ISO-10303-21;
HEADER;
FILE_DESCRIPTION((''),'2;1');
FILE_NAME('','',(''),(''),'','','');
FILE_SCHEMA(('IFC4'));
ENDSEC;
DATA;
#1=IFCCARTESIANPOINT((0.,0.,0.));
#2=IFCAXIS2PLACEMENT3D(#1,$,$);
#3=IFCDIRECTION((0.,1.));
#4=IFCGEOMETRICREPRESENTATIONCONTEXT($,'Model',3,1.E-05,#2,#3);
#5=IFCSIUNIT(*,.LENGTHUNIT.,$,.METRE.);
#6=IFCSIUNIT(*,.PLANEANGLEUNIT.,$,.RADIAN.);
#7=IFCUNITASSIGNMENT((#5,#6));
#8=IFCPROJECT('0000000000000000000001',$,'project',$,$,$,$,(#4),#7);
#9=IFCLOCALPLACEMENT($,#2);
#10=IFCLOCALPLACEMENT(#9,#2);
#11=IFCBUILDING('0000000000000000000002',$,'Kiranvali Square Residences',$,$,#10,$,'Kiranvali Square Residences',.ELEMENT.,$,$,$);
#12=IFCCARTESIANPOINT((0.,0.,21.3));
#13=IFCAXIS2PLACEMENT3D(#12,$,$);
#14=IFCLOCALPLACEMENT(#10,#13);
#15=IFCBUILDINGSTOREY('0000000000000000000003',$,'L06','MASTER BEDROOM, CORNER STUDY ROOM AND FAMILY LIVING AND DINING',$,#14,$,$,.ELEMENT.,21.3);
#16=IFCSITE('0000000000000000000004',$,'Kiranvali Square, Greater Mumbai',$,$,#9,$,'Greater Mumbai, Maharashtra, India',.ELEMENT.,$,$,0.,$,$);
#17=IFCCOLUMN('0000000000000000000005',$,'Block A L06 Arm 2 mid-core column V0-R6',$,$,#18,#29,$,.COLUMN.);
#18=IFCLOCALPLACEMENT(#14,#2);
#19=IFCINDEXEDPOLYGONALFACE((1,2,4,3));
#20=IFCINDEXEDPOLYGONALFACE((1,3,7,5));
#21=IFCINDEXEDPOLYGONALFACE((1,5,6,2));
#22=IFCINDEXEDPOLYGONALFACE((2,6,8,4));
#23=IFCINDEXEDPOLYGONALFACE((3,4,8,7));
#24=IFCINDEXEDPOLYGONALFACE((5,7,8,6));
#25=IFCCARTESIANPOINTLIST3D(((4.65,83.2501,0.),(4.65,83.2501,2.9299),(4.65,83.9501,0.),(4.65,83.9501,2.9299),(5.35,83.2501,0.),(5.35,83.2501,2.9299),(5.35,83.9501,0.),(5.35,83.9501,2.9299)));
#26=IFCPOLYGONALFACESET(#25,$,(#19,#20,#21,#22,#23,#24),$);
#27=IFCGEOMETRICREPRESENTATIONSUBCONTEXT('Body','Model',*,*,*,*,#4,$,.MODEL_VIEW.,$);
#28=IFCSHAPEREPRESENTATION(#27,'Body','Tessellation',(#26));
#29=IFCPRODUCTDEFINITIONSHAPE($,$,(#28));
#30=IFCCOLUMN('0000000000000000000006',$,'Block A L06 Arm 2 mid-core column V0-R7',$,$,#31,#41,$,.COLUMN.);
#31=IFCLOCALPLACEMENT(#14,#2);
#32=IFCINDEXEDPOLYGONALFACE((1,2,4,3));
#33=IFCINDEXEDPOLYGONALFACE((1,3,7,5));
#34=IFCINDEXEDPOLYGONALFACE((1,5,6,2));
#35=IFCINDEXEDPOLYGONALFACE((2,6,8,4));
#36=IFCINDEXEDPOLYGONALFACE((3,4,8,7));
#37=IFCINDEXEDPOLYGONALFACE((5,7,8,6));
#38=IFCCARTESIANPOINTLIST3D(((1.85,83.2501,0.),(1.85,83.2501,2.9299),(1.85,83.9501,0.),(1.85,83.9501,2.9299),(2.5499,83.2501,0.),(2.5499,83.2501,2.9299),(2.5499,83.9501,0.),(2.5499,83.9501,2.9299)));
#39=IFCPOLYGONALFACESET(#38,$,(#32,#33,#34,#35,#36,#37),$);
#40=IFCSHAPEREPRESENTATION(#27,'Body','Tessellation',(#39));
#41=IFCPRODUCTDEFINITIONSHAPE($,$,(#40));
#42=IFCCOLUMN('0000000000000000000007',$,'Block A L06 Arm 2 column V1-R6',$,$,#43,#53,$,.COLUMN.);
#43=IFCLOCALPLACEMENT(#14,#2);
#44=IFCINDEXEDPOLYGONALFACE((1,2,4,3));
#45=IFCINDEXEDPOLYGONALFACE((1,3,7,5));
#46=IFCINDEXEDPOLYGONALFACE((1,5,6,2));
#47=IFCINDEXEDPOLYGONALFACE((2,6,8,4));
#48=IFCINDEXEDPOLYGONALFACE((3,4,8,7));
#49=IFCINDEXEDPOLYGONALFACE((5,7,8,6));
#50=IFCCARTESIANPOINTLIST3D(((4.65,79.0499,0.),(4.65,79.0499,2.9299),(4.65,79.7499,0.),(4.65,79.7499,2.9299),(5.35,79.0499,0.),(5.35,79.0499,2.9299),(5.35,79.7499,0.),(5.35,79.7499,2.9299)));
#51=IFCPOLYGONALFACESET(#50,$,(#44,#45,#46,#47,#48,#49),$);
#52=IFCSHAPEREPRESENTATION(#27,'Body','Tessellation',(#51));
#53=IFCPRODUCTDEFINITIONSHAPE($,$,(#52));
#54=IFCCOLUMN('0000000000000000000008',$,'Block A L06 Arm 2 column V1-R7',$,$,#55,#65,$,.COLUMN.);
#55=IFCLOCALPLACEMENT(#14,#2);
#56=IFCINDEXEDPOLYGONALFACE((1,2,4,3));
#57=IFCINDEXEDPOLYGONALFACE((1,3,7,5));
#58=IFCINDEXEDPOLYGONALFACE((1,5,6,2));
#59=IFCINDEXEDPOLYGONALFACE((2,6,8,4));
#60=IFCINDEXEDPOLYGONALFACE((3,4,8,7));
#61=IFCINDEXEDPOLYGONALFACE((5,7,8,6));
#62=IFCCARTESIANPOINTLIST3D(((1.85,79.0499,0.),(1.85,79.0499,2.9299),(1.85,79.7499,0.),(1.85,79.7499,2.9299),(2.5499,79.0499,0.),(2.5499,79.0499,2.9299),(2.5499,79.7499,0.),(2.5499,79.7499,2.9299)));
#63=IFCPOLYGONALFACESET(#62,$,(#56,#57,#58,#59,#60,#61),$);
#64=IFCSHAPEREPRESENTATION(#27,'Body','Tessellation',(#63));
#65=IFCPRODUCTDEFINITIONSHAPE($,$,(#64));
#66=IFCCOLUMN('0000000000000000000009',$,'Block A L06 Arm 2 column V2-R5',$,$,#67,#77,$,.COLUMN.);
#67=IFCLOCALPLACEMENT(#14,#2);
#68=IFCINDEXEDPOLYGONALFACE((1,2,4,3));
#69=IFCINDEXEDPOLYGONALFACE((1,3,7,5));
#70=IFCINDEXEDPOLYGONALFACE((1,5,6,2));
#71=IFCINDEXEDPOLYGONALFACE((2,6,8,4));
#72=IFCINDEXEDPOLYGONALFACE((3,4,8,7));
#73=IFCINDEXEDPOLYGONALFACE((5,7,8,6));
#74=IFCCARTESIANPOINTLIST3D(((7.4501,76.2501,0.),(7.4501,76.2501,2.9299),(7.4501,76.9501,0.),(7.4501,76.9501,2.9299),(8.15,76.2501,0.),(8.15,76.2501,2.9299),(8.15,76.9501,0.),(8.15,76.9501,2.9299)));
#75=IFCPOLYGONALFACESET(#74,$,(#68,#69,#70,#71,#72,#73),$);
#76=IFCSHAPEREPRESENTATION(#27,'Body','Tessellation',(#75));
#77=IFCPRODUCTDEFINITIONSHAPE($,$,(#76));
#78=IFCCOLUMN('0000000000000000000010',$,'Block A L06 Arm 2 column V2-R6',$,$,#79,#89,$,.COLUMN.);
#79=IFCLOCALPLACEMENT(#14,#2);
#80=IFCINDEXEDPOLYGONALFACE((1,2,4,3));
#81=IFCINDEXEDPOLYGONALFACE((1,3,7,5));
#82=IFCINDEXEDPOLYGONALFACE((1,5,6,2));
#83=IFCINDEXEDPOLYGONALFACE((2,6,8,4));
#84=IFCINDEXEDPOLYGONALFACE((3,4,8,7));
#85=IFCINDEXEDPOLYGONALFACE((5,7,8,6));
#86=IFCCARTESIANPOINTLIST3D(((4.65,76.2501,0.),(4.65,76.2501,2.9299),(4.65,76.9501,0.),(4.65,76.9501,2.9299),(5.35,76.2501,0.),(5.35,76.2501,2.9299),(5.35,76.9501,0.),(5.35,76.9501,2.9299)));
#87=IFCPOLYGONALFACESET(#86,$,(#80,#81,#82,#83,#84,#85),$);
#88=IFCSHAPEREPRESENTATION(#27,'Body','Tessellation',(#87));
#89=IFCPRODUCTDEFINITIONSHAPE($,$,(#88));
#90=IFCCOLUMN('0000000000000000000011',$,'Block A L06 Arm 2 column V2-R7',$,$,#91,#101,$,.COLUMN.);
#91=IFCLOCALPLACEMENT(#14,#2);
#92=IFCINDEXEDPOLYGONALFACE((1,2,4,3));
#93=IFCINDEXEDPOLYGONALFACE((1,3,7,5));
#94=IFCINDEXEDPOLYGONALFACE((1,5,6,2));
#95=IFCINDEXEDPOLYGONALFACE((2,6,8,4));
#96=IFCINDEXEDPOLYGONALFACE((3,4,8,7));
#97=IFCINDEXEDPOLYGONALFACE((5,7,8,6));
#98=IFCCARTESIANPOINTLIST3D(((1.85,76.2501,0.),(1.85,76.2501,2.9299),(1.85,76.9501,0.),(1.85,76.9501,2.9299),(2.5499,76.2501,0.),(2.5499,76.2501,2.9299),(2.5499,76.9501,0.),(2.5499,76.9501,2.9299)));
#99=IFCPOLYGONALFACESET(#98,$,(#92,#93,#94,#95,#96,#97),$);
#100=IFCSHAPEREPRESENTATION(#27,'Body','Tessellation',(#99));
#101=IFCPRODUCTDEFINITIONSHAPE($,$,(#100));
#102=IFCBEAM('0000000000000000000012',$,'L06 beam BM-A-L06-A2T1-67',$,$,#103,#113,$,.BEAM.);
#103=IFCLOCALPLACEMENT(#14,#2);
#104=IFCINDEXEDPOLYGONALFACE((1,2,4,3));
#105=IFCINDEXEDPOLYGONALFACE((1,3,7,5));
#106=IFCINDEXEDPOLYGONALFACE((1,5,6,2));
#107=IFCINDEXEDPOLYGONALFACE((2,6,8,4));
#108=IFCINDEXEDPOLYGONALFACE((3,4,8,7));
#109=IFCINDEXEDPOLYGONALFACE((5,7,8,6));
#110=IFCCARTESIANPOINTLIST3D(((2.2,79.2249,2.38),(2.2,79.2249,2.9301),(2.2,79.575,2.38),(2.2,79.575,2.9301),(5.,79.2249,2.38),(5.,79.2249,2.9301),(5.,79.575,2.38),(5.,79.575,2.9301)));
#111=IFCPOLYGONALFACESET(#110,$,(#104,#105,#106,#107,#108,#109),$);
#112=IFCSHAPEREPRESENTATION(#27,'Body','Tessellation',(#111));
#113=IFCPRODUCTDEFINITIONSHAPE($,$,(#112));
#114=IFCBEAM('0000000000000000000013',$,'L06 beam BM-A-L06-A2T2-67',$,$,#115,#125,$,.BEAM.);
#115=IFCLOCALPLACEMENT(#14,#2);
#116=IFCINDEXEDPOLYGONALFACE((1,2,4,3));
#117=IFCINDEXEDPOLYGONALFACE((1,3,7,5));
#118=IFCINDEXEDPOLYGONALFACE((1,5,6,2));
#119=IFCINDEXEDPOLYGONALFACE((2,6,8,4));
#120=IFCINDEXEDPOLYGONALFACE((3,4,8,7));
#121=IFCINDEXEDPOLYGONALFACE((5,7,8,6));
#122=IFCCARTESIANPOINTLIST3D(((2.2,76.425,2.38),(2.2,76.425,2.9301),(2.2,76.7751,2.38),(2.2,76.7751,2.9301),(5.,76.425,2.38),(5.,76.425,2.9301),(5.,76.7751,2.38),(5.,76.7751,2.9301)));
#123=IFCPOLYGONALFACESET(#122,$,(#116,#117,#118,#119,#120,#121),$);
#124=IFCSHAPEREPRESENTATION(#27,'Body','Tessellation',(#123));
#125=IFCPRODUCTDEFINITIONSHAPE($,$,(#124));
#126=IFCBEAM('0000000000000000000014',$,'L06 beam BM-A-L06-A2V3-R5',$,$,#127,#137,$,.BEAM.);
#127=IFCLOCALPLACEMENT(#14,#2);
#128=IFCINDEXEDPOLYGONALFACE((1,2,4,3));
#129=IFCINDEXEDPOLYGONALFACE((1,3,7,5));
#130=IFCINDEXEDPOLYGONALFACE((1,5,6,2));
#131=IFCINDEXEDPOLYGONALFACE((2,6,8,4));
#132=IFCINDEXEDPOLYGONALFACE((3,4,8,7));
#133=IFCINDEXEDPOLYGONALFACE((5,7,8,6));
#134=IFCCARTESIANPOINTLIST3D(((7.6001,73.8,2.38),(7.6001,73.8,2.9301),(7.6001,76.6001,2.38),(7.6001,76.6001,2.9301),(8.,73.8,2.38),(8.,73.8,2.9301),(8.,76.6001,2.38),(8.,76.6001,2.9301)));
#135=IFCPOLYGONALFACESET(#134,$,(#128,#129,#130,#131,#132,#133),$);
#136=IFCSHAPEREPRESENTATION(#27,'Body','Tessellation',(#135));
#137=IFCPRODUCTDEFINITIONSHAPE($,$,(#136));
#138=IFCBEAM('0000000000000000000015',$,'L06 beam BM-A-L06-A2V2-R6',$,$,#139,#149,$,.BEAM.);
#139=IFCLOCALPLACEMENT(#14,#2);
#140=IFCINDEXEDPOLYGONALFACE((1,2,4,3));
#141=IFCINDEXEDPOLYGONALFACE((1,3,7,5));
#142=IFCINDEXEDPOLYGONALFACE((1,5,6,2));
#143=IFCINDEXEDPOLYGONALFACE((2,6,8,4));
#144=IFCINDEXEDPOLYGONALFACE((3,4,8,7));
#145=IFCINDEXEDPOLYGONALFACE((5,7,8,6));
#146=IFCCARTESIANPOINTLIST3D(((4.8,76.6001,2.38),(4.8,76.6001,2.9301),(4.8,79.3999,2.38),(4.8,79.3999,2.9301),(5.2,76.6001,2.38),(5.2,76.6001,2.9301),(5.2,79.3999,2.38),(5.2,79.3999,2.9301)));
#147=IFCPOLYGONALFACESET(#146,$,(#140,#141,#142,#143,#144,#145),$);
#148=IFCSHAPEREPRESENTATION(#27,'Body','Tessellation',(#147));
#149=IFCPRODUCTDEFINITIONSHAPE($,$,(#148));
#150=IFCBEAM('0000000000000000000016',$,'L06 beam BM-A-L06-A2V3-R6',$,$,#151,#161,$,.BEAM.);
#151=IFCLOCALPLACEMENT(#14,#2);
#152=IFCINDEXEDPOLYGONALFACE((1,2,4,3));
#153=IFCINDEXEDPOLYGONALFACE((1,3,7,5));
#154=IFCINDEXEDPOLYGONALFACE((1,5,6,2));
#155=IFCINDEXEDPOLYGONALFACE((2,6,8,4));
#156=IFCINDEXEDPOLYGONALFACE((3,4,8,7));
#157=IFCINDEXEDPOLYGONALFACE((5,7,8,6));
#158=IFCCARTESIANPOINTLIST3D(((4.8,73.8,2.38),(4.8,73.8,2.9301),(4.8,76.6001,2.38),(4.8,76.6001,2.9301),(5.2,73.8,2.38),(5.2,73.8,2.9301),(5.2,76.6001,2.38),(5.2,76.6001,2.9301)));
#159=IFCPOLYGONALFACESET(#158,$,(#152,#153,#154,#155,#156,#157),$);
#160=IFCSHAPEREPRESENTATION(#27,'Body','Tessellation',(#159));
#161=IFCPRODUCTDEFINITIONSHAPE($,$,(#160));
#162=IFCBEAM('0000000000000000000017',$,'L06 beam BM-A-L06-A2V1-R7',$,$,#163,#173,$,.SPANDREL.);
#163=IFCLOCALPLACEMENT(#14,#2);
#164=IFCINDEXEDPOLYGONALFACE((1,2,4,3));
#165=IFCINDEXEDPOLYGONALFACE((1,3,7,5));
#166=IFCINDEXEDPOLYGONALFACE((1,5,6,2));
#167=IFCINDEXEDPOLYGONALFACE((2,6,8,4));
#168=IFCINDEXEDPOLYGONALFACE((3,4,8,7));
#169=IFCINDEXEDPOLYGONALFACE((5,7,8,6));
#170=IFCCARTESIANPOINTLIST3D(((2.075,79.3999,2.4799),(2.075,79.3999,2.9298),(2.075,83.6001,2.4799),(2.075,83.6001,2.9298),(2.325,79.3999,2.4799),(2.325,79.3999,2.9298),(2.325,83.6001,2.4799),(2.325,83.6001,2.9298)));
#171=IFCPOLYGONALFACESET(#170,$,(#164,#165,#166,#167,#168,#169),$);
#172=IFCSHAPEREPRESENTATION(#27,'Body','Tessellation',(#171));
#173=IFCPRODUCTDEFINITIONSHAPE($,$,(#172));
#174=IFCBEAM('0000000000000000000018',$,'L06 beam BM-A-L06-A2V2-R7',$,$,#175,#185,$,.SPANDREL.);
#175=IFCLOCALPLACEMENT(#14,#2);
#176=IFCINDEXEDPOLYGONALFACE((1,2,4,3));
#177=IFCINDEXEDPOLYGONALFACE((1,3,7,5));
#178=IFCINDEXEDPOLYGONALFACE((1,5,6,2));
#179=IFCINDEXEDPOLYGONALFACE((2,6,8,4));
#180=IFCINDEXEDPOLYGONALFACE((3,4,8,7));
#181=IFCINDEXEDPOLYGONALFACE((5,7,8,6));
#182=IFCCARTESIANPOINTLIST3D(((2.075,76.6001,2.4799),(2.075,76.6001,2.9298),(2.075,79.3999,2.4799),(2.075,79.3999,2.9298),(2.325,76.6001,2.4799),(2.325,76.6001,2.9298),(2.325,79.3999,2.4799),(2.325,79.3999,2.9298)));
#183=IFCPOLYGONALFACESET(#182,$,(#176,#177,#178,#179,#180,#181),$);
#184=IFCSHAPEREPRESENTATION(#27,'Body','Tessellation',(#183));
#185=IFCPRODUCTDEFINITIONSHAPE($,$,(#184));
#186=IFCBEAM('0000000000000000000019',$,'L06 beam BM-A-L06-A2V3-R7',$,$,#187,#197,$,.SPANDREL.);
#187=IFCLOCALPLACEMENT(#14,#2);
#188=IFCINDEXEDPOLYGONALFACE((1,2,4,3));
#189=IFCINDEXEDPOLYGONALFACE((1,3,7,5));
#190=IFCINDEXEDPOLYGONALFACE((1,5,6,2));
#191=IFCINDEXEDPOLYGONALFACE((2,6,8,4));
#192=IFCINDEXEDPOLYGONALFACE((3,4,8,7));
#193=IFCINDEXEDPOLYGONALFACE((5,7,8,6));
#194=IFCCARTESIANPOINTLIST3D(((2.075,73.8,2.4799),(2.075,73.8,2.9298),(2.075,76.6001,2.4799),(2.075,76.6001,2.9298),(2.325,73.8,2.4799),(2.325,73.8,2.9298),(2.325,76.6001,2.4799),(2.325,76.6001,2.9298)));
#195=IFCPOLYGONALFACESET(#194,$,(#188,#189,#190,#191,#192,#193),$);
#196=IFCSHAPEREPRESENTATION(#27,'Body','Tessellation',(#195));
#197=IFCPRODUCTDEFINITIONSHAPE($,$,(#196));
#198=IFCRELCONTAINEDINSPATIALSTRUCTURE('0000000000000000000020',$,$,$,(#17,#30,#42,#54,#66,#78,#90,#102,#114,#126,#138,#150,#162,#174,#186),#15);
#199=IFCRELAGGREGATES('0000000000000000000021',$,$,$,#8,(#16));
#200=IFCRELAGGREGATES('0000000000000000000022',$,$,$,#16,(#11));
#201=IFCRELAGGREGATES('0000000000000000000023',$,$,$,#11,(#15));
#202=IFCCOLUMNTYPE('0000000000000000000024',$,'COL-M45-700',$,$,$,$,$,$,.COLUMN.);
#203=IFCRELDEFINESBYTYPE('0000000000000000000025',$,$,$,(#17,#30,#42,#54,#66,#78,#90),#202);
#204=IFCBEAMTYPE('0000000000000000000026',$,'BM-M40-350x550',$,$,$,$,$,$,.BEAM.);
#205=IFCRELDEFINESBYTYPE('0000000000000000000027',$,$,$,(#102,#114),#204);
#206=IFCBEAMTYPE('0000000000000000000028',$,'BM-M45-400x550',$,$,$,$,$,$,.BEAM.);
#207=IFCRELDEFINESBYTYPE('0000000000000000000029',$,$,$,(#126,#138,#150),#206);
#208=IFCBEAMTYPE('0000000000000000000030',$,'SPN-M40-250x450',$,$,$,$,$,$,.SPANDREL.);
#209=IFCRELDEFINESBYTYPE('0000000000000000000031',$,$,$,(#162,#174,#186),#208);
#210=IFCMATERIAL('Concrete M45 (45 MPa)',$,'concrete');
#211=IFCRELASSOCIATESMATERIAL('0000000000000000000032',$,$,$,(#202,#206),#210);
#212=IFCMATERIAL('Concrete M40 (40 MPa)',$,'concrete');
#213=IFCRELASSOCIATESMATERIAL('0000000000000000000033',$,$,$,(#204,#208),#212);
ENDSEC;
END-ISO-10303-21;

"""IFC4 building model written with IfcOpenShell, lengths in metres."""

from ifc_helpers import new_model, si_unit, direction, frame, origin, origin_2d, place, context, subcontext, project, spatial, rectangle, extrude, material, material_profile, profile_set, type_object, element, save


model = new_model("IFC4")

# Units and contexts
model_context = context("Model", 3, precision=1e-05, world=origin(), true_north=direction((0.0, 1.0)))
body_context = subcontext(model_context, "Body", "Model", "MODEL_VIEW")
ifc_project = project(units=[si_unit("LENGTHUNIT", "METRE"), si_unit("PLANEANGLEUNIT", "RADIAN")], contexts=[model_context])

# Site, building, storey
site_placement = place(None, origin())
site = spatial("IfcSite", under=ifc_project, at=site_placement, Name="Kiranvali Square, Greater Mumbai", LongName="Greater Mumbai, Maharashtra, India", CompositionType="ELEMENT", RefElevation=0.0)
building_placement = place(site_placement, origin())
building = spatial("IfcBuilding", under=site, at=building_placement, Name="Kiranvali Square Residences", LongName="Kiranvali Square Residences", CompositionType="ELEMENT")
storey_placement = place(building_placement, frame((0.0, 0.0, 21.3)))
storey = spatial("IfcBuildingStorey", under=building, at=storey_placement, Name="L06", Description="MASTER BEDROOM, CORNER STUDY ROOM AND FAMILY LIVING AND DINING", CompositionType="ELEMENT", Elevation=21.3)

# Columns
ifc_material_1 = material(Name="Concrete M45 (45 MPa)", Category="concrete")
ifc_material_profile_1 = material_profile(ifc_material_1, rectangle(XDim=0.7, YDim=0.7, at=origin_2d()), Name="RC 700x700")
ifc_profile_set_1 = profile_set([ifc_material_profile_1], Name="Concrete M45 (45 MPa)")
column_type = type_object("IfcColumnType", Name="COL-M45-700", PredefinedType="COLUMN", material=ifc_profile_set_1)
for number, where, z_axis, x_axis, name in (
    (1, (5.0, 83.6001, 0.0), (0.0, 0.0, 1.0), (1.0, 0.0, 0.0), "Block A L06 Arm 2 mid-core column V0-R6"),
    (2, (2.2, 83.6001, 0.0), (0.0, 0.0, 1.0), (1.0, 0.0, 0.0), "Block A L06 Arm 2 mid-core column V0-R7"),
    (3, (5.0, 79.3999, 0.0), (0.0, 0.0, 1.0), (1.0, 0.0, 0.0), "Block A L06 Arm 2 column V1-R6"),
    (4, (2.2, 79.3999, 0.0), (0.0, 0.0, 1.0), (1.0, 0.0, 0.0), "Block A L06 Arm 2 column V1-R7"),
    (5, (7.8, 76.6001, 0.0), (0.0, 0.0, 1.0), (1.0, 0.0, 0.0), "Block A L06 Arm 2 column V2-R5"),
    (6, (5.0, 76.6001, 0.0), (0.0, 0.0, 1.0), (1.0, 0.0, 0.0), "Block A L06 Arm 2 column V2-R6"),
    (7, (2.2, 76.6001, 0.0), (0.0, 0.0, 1.0), (1.0, 0.0, 0.0), "Block A L06 Arm 2 column V2-R7"),
):
    element("IfcColumn", number, at=place(storey_placement, frame(where, z_axis=z_axis, x_axis=x_axis)), inside=storey, type_object=column_type, Name=name, PredefinedType="COLUMN", context=body_context, shape_type="SweptSolid", body=[
        extrude(rectangle(XDim=0.7, YDim=0.7, at=origin_2d()), origin(), (0.0, 0.0, 1.0), 2.9299),
    ])

# Beams
ifc_material_2 = material(Name="Concrete M40 (40 MPa)", Category="concrete")
ifc_material_profile_2 = material_profile(ifc_material_2, rectangle(XDim=0.3501, YDim=0.55, at=origin_2d()), Name="RC 350x550")
ifc_profile_set_2 = profile_set([ifc_material_profile_2], Name="Concrete M40 (40 MPa)")
beam_type_1 = type_object("IfcBeamType", Name="BM-M40-350x550", PredefinedType="BEAM", material=ifc_profile_set_2)
for number, where, z_axis, x_axis, name in (
    (8, (5.0, 79.3999, 2.655), (-1.0, 0.0, 0.0), (0.0, -1.0, 0.0), "L06 beam BM-A-L06-A2T1-67"),
    (9, (5.0, 76.6001, 2.655), (-1.0, 0.0, 0.0), (0.0, -1.0, 0.0), "L06 beam BM-A-L06-A2T2-67"),
):
    element("IfcBeam", number, at=place(storey_placement, frame(where, z_axis=z_axis, x_axis=x_axis)), inside=storey, type_object=beam_type_1, Name=name, PredefinedType="BEAM", context=body_context, shape_type="SweptSolid", body=[
        extrude(rectangle(XDim=0.3501, YDim=0.55, at=origin_2d()), origin(), (0.0, 0.0, 1.0), 2.8),
    ])
ifc_material_profile_3 = material_profile(ifc_material_1, rectangle(XDim=0.3999, YDim=0.55, at=origin_2d()), Name="RC 400x550")
ifc_profile_set_3 = profile_set([ifc_material_profile_3], Name="Concrete M45 (45 MPa)")
beam_type_2 = type_object("IfcBeamType", Name="BM-M45-400x550", PredefinedType="BEAM", material=ifc_profile_set_3)
beam_1_placement = place(storey_placement, frame((7.8, 76.6001, 2.655), z_axis=(0.0, -1.0, 0.0), x_axis=(1.0, 0.0, 0.0)))
element("IfcBeam", 10, at=beam_1_placement, inside=storey, type_object=beam_type_2, Name="L06 beam BM-A-L06-A2V3-R5", PredefinedType="BEAM", context=body_context, shape_type="SweptSolid", body=[
    extrude(rectangle(XDim=0.3999, YDim=0.55, at=origin_2d()), origin(), (0.0, 0.0, 1.0), 2.8),
])
beam_2_placement = place(storey_placement, frame((5.0, 79.3999, 2.655), z_axis=(0.0, -1.0, 0.0), x_axis=(1.0, 0.0, 0.0)))
element("IfcBeam", 11, at=beam_2_placement, inside=storey, type_object=beam_type_2, Name="L06 beam BM-A-L06-A2V2-R6", PredefinedType="BEAM", context=body_context, shape_type="SweptSolid", body=[
    extrude(rectangle(XDim=0.3999, YDim=0.55, at=origin_2d()), origin(), (0.0, 0.0, 1.0), 2.7998),
])
beam_3_placement = place(storey_placement, frame((5.0, 76.6001, 2.655), z_axis=(0.0, -1.0, 0.0), x_axis=(1.0, 0.0, 0.0)))
element("IfcBeam", 12, at=beam_3_placement, inside=storey, type_object=beam_type_2, Name="L06 beam BM-A-L06-A2V3-R6", PredefinedType="BEAM", context=body_context, shape_type="SweptSolid", body=[
    extrude(rectangle(XDim=0.3999, YDim=0.55, at=origin_2d()), origin(), (0.0, 0.0, 1.0), 2.8),
])
ifc_material_profile_4 = material_profile(ifc_material_2, rectangle(XDim=0.25, YDim=0.45, at=origin_2d()), Name="RC 250x450")
ifc_profile_set_4 = profile_set([ifc_material_profile_4], Name="Concrete M40 (40 MPa)")
beam_type_3 = type_object("IfcBeamType", Name="SPN-M40-250x450", PredefinedType="SPANDREL", material=ifc_profile_set_4)
beam_4_placement = place(storey_placement, frame((2.2, 83.6001, 2.7048), z_axis=(0.0, -1.0, 0.0), x_axis=(1.0, 0.0, 0.0)))
element("IfcBeam", 13, at=beam_4_placement, inside=storey, type_object=beam_type_3, Name="L06 beam BM-A-L06-A2V1-R7", PredefinedType="SPANDREL", context=body_context, shape_type="SweptSolid", body=[
    extrude(rectangle(XDim=0.25, YDim=0.45, at=origin_2d()), origin(), (0.0, 0.0, 1.0), 4.2002),
])
beam_5_placement = place(storey_placement, frame((2.2, 79.3999, 2.7048), z_axis=(0.0, -1.0, 0.0), x_axis=(1.0, 0.0, 0.0)))
element("IfcBeam", 14, at=beam_5_placement, inside=storey, type_object=beam_type_3, Name="L06 beam BM-A-L06-A2V2-R7", PredefinedType="SPANDREL", context=body_context, shape_type="SweptSolid", body=[
    extrude(rectangle(XDim=0.25, YDim=0.45, at=origin_2d()), origin(), (0.0, 0.0, 1.0), 2.7998),
])
beam_6_placement = place(storey_placement, frame((2.2, 76.6001, 2.7048), z_axis=(0.0, -1.0, 0.0), x_axis=(1.0, 0.0, 0.0)))
element("IfcBeam", 15, at=beam_6_placement, inside=storey, type_object=beam_type_3, Name="L06 beam BM-A-L06-A2V3-R7", PredefinedType="SPANDREL", context=body_context, shape_type="SweptSolid", body=[
    extrude(rectangle(XDim=0.25, YDim=0.45, at=origin_2d()), origin(), (0.0, 0.0, 1.0), 2.8),
])

save(model, "model.ifc")
